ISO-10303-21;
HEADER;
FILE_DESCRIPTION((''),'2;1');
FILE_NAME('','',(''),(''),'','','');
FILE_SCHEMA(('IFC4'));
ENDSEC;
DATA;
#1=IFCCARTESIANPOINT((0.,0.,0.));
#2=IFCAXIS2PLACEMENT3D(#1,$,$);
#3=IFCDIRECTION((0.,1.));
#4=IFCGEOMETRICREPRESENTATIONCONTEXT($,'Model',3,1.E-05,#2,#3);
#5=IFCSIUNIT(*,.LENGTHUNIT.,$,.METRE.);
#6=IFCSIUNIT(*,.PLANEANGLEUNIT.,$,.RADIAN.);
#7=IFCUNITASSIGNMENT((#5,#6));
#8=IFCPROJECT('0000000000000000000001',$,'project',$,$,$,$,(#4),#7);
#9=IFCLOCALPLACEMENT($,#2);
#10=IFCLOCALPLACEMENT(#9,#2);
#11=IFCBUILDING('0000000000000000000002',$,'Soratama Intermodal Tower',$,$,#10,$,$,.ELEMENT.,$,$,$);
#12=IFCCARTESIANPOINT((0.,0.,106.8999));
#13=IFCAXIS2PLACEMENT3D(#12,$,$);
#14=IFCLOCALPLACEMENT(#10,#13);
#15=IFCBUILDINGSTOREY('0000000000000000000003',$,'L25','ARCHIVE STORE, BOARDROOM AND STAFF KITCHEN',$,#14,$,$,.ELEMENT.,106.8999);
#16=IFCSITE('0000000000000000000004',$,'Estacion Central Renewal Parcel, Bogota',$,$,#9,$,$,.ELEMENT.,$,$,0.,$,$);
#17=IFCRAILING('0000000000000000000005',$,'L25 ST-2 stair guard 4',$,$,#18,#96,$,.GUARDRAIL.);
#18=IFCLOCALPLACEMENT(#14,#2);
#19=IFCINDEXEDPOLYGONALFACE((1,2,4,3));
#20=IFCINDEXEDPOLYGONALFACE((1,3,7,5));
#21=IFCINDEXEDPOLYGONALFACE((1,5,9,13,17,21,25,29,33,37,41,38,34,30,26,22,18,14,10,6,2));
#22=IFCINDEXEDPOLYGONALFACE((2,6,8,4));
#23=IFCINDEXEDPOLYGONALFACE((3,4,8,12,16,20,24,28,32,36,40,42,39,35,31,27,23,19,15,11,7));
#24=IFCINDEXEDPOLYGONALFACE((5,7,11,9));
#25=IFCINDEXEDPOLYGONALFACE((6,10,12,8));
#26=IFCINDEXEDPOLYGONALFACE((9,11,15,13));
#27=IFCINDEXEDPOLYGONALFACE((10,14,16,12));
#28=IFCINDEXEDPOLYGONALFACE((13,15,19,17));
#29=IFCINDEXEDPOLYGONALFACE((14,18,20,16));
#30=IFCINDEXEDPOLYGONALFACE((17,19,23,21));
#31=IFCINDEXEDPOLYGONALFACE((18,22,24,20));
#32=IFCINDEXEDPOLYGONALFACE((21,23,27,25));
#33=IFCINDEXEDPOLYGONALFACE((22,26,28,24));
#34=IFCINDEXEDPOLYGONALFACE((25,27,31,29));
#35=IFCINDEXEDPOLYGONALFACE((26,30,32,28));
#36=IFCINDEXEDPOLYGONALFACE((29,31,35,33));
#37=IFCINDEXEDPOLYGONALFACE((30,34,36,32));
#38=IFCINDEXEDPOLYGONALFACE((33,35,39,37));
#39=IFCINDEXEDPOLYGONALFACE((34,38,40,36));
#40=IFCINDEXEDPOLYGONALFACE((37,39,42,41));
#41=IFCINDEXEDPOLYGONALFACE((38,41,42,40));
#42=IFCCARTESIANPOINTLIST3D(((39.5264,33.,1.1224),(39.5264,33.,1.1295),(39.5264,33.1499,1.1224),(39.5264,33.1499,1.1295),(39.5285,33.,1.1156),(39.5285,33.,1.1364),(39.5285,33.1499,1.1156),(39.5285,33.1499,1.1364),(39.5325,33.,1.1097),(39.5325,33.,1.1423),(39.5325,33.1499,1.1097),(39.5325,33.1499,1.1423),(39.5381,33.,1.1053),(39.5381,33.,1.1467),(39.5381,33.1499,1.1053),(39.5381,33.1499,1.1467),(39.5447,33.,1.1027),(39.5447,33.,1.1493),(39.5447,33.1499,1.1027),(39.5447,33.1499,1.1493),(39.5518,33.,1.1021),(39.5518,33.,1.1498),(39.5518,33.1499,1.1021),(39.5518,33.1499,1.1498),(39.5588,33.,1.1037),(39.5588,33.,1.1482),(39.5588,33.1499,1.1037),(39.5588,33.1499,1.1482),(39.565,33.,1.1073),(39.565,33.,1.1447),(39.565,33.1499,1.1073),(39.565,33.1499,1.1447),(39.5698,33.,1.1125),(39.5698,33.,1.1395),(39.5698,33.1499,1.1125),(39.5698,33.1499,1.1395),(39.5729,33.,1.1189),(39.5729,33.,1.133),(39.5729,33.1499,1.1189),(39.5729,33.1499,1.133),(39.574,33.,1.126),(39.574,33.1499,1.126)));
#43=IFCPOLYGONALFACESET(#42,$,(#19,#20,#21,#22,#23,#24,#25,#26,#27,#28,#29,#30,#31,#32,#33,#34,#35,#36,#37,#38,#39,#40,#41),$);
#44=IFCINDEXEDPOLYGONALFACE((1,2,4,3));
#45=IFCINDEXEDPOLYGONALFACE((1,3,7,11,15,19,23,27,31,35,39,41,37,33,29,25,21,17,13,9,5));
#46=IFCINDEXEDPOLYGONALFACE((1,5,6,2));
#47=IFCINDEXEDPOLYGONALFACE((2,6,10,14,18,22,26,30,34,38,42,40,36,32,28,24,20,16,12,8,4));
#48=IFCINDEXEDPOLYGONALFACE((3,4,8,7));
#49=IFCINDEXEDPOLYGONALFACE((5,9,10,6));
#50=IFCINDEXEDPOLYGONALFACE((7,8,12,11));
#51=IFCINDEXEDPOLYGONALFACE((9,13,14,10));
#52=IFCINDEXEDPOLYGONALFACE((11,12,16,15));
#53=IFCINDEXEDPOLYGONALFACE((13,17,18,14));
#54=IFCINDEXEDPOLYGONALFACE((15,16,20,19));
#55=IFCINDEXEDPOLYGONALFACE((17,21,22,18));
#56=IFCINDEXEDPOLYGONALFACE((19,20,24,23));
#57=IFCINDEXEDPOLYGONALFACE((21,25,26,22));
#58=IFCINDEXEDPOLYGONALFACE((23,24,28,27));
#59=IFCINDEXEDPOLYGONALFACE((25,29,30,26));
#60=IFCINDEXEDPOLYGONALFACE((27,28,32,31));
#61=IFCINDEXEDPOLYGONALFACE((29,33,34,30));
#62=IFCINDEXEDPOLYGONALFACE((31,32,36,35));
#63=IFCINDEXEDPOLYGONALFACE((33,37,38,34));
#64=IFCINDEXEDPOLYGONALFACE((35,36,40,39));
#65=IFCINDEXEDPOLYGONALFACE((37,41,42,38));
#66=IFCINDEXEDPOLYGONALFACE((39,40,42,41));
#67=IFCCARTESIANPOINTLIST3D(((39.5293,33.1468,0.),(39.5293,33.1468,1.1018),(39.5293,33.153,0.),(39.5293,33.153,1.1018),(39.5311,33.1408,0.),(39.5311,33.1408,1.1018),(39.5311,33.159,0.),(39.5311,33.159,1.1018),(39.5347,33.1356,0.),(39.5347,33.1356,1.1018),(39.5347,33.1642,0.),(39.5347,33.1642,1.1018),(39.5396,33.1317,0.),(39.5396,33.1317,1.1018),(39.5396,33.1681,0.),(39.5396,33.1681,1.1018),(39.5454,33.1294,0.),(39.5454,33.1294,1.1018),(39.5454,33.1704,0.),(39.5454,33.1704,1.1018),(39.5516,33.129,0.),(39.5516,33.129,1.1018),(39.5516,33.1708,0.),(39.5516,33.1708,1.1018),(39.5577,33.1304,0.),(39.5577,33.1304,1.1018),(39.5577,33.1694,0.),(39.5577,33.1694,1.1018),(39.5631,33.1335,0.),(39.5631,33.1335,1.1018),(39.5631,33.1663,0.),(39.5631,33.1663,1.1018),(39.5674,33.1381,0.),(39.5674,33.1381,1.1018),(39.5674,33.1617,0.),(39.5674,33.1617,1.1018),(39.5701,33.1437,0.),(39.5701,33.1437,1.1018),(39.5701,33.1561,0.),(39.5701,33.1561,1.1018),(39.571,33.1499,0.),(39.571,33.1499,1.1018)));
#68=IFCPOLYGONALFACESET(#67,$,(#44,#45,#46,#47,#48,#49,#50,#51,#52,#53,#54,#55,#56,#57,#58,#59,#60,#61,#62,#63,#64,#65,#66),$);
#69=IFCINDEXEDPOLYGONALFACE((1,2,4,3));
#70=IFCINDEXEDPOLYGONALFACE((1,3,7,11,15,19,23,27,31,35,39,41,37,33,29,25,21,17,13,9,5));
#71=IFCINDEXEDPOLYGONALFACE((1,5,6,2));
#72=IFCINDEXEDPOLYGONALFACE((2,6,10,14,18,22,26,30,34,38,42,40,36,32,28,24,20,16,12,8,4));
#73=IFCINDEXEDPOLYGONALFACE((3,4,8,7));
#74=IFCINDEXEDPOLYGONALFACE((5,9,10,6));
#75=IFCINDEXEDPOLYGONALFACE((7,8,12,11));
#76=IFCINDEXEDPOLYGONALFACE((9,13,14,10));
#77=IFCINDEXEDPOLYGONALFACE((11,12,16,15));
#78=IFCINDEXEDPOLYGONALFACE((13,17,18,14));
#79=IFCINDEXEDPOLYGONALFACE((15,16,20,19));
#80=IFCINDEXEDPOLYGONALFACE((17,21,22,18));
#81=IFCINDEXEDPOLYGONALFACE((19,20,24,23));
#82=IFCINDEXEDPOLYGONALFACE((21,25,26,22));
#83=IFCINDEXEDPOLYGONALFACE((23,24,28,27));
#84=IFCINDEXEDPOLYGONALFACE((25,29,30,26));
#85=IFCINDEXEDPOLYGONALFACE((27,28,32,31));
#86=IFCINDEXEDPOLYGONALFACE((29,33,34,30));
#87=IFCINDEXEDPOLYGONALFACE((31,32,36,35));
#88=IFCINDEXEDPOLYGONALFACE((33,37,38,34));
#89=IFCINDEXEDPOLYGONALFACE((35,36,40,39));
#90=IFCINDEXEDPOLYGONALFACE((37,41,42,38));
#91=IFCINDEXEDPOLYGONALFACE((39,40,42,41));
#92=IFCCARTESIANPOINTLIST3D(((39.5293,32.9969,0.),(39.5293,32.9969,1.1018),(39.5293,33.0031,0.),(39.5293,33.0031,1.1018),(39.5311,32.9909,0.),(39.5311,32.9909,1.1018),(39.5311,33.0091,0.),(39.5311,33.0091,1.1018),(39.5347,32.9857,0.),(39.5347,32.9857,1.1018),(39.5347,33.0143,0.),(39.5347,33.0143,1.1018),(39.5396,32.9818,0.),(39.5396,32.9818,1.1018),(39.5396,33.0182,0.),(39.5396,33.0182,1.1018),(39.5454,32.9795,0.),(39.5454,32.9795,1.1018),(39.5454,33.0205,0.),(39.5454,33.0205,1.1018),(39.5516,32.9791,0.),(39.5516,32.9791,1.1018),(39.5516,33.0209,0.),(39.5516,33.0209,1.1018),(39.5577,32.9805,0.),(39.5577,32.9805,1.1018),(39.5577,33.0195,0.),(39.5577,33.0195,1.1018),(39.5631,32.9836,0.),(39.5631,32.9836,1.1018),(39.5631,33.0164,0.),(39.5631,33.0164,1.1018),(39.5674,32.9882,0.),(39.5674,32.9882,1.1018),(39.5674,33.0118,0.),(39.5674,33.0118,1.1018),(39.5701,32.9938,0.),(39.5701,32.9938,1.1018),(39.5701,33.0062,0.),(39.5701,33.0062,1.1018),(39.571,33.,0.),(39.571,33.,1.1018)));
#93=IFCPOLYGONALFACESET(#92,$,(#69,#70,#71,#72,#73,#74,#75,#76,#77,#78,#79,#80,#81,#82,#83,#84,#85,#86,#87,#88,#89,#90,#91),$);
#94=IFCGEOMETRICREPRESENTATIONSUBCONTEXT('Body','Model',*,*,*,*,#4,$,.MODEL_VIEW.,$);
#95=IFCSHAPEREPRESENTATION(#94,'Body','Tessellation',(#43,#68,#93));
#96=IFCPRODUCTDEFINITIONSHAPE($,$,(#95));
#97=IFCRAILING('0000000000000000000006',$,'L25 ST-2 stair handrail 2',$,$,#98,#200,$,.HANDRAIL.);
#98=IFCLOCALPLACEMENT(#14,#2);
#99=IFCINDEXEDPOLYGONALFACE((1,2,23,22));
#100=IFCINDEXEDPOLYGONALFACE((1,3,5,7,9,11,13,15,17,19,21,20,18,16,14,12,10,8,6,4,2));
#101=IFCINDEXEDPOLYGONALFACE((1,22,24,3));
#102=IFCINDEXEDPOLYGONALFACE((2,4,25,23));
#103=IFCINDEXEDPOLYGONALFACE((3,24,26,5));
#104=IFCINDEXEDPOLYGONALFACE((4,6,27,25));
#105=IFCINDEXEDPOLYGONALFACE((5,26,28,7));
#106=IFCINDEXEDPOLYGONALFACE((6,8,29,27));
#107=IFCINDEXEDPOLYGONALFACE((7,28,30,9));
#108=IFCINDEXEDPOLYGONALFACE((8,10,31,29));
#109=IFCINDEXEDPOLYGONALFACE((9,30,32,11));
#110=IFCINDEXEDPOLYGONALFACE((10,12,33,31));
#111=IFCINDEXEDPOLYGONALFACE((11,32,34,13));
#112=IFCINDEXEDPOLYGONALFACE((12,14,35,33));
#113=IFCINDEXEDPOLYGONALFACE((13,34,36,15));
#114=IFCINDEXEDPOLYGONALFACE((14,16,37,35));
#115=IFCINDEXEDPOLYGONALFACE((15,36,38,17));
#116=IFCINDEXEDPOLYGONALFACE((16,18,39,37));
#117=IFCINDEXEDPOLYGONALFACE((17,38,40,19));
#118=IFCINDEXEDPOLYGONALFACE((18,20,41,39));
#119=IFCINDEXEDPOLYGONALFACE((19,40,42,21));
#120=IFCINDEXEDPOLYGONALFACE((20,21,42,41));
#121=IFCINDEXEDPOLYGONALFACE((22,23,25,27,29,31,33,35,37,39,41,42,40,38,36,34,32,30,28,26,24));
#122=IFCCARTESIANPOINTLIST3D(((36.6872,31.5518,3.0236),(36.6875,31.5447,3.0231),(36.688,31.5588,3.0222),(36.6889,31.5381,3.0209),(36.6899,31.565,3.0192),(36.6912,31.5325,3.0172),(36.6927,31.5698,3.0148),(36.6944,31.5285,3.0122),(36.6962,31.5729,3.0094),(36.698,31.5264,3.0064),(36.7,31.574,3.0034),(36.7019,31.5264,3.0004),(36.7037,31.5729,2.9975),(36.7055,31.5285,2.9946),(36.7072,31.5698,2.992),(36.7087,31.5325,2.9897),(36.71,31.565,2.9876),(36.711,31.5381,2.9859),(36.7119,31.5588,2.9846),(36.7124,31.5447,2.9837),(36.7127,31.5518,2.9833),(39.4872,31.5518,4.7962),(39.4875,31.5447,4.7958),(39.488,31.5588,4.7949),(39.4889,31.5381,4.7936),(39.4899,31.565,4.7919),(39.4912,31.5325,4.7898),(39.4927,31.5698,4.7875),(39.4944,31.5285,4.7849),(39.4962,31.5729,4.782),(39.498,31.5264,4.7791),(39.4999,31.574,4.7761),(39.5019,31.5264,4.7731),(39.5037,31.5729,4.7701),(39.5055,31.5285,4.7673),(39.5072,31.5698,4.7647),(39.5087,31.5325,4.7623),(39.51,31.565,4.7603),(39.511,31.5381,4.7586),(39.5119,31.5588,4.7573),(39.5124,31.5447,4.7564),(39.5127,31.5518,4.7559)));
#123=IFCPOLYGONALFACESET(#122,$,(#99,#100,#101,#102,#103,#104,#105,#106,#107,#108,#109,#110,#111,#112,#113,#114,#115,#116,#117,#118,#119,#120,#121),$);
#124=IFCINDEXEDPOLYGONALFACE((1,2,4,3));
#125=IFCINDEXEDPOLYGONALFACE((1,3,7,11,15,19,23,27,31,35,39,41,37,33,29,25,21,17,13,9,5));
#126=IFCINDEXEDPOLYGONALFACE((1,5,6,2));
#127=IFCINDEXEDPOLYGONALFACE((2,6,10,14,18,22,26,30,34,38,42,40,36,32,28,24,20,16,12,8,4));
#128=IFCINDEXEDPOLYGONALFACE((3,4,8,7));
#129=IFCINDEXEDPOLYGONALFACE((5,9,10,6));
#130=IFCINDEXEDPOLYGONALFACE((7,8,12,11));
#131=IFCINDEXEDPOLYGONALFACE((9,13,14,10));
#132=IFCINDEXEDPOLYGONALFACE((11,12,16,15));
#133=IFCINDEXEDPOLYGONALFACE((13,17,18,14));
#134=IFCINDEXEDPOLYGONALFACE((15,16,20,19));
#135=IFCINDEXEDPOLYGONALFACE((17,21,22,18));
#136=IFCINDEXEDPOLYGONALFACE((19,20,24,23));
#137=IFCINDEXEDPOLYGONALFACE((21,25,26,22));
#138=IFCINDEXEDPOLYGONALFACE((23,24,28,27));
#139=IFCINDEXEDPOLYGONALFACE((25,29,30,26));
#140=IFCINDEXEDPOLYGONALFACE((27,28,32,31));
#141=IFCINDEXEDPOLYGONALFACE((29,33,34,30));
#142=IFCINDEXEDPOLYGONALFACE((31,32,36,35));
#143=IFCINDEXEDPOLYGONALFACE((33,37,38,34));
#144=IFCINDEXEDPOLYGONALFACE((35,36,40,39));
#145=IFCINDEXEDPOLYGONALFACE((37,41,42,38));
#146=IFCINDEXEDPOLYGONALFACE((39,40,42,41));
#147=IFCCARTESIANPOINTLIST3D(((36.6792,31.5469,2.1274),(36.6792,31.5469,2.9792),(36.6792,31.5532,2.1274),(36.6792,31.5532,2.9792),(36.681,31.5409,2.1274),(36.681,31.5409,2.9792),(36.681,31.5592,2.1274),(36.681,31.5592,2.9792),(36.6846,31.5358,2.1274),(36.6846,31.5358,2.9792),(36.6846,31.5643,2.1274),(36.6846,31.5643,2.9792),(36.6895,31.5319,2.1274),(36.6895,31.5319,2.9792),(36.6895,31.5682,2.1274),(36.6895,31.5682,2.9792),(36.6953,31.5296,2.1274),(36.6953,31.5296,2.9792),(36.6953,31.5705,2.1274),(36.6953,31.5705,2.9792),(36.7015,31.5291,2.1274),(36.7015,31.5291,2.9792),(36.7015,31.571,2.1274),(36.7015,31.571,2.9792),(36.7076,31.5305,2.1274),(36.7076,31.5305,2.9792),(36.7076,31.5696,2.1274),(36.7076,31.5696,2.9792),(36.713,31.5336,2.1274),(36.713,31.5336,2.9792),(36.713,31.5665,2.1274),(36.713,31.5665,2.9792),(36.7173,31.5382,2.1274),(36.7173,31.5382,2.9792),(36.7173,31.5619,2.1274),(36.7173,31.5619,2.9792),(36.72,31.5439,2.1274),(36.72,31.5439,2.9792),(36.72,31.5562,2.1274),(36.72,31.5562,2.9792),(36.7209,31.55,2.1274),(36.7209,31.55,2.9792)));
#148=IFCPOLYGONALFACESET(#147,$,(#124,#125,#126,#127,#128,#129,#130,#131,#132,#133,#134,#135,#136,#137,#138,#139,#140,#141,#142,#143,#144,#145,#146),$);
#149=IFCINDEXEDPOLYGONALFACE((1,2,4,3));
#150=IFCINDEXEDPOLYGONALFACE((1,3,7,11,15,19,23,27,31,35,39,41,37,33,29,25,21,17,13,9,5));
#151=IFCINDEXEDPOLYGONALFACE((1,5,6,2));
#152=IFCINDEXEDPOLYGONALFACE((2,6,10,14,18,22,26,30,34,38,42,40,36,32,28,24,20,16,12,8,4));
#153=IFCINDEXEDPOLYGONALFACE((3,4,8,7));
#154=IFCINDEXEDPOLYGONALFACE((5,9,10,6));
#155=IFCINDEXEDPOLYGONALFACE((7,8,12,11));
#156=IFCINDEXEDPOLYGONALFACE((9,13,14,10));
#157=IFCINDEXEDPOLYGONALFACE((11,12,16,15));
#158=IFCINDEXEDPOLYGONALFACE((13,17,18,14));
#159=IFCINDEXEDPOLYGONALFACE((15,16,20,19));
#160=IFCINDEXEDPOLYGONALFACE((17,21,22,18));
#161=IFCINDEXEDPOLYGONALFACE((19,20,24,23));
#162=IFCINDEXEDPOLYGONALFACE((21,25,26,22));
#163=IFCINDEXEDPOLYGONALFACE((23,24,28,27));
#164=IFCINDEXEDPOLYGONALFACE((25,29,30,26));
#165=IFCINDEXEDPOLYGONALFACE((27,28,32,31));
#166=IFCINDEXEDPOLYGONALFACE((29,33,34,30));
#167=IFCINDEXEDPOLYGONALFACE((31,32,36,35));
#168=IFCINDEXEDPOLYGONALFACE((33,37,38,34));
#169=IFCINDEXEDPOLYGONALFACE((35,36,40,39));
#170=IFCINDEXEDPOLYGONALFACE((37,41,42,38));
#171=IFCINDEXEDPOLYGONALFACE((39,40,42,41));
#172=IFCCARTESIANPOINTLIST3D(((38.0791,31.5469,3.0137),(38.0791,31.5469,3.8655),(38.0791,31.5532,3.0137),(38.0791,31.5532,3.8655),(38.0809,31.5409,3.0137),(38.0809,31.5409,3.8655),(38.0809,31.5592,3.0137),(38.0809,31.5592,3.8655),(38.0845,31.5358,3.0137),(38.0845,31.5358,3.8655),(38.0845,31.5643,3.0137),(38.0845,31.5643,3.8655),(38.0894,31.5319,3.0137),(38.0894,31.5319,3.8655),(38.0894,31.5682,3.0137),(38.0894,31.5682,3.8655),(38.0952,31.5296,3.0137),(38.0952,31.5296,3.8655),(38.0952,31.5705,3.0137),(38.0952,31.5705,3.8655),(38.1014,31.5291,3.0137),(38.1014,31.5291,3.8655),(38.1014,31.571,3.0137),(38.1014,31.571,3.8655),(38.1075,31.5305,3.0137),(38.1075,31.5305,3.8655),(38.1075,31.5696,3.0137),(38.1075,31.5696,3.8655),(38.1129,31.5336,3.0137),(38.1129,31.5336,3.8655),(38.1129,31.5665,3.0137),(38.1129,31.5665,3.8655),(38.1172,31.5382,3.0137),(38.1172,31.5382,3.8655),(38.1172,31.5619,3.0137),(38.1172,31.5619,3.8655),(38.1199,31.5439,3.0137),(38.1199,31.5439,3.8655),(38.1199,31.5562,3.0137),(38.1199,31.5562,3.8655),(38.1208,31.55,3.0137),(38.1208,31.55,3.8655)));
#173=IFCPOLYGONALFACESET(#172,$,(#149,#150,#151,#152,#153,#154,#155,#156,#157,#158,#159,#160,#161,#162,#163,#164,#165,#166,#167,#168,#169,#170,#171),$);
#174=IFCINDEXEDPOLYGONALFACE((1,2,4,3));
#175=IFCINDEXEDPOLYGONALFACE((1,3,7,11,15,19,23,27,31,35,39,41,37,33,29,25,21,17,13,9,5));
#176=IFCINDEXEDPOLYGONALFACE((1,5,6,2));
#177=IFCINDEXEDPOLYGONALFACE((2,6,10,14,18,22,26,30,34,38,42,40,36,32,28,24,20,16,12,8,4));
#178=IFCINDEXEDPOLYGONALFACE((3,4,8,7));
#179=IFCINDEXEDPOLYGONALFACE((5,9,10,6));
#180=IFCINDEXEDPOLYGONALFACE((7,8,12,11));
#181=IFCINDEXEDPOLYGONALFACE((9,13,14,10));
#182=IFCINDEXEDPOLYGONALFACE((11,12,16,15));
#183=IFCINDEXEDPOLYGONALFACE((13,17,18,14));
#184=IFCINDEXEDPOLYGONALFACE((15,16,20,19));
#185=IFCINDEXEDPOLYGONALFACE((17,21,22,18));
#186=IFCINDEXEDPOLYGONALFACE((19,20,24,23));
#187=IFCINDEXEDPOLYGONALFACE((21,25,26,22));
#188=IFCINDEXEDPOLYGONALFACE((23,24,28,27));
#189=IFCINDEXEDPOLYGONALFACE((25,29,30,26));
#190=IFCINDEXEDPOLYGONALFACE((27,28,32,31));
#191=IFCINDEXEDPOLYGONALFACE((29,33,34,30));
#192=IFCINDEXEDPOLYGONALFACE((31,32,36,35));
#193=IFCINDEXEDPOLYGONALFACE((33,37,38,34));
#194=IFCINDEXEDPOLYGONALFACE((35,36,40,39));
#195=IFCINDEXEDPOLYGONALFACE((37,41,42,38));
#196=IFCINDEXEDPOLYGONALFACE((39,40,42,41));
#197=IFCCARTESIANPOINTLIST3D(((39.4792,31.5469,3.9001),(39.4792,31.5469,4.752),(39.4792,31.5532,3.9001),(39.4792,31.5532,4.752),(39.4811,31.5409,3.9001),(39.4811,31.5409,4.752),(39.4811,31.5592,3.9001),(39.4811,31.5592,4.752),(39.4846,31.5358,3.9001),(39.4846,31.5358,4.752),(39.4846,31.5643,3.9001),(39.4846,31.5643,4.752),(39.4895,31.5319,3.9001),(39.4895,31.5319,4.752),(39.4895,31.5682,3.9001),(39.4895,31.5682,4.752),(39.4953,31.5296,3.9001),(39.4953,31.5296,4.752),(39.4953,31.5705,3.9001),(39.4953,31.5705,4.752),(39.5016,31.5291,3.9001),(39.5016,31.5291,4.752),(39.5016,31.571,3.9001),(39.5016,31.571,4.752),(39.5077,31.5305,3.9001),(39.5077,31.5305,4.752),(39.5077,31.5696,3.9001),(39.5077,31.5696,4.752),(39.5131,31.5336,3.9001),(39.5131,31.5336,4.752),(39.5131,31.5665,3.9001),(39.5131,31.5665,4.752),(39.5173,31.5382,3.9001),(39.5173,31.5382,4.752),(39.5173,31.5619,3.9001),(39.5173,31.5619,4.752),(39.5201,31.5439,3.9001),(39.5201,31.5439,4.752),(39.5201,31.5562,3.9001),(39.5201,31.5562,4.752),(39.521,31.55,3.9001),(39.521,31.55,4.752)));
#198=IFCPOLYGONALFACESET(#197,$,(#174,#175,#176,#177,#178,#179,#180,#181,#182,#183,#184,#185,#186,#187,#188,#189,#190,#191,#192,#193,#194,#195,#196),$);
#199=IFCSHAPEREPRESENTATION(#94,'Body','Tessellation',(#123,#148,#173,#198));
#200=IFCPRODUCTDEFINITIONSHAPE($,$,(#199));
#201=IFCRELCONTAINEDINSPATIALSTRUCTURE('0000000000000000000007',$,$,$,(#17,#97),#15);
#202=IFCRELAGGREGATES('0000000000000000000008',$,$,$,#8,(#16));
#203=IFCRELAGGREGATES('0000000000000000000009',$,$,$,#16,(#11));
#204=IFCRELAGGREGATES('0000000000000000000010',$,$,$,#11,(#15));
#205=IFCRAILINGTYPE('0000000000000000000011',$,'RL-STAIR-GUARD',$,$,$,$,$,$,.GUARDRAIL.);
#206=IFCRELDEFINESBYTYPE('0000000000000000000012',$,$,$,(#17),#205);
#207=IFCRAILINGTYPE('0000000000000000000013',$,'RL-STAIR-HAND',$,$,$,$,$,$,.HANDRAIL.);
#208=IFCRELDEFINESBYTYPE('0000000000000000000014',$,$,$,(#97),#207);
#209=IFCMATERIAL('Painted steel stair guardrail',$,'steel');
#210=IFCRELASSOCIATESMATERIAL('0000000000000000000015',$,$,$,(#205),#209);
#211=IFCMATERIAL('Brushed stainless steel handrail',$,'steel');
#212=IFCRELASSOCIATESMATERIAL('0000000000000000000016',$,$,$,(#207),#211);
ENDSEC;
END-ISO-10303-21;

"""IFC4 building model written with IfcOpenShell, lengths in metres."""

from ifc_helpers import new_model, si_unit, direction, frame, origin, origin_2d, place, context, subcontext, project, spatial, circle, extrude, material, type_object, element, save


model = new_model("IFC4")

# Units and contexts
model_context = context("Model", 3, precision=1e-05, world=origin(), true_north=direction((0.0, 1.0)))
body_context = subcontext(model_context, "Body", "Model", "MODEL_VIEW")
ifc_project = project(units=[si_unit("LENGTHUNIT", "METRE"), si_unit("PLANEANGLEUNIT", "RADIAN")], contexts=[model_context])

# Site, building, storey
site_placement = place(None, origin())
site = spatial("IfcSite", under=ifc_project, at=site_placement, Name="Estacion Central Renewal Parcel, Bogota", CompositionType="ELEMENT", RefElevation=0.0)
building_placement = place(site_placement, origin())
building = spatial("IfcBuilding", under=site, at=building_placement, Name="Soratama Intermodal Tower", CompositionType="ELEMENT")
storey_placement = place(building_placement, frame((0.0, 0.0, 106.8999)))
storey = spatial("IfcBuildingStorey", under=building, at=storey_placement, Name="L25", Description="ARCHIVE STORE, BOARDROOM AND STAFF KITCHEN", CompositionType="ELEMENT", Elevation=106.8999)

# Railings
ifc_material_1 = material(Name="Painted steel stair guardrail", Category="steel")
railing_type_1 = type_object("IfcRailingType", Name="RL-STAIR-GUARD", PredefinedType="GUARDRAIL", material=ifc_material_1)
railing_1_placement = place(storey_placement, frame((39.55, 33.1499, 0.0)))
element("IfcRailing", 1, at=railing_1_placement, inside=storey, type_object=railing_type_1, Name="L25 ST-2 stair guard 4", PredefinedType="GUARDRAIL", context=body_context, shape_type="SweptSolid", body=[
    extrude(circle(Radius=0.0239, at=origin_2d()), frame((0.0, 0.0, 1.126), z_axis=(0.0, -1.0, 0.0), x_axis=(1.0, 0.0, 0.0)), (0.0, 0.0, 1.0), 0.1499),
    extrude(circle(Radius=0.021, at=origin_2d()), origin(), (0.0, 0.0, 1.0), 1.1018),
    extrude(circle(Radius=0.021, at=origin_2d()), frame((0.0, -0.1499, 0.0)), (0.0, 0.0, 1.0), 1.1018),
])
ifc_material_2 = material(Name="Brushed stainless steel handrail", Category="steel")
railing_type_2 = type_object("IfcRailingType", Name="RL-STAIR-HAND", PredefinedType="HANDRAIL", material=ifc_material_2)
railing_2_placement = place(storey_placement, frame((36.7, 31.55, 2.1274)))
element("IfcRailing", 2, at=railing_2_placement, inside=storey, type_object=railing_type_2, Name="L25 ST-2 stair handrail 2", PredefinedType="HANDRAIL", context=body_context, shape_type="SweptSolid", body=[
    extrude(circle(Radius=0.0239, at=origin_2d()), frame((0.0, 0.0, 0.876), z_axis=(0.844909, 0.0, 0.53491), x_axis=(0.0, 1.0, 0.0)), (0.0, 0.0, 1.0), 3.314),
    extrude(circle(Radius=0.021, at=origin_2d()), origin(), (0.0, 0.0, 1.0), 0.8518),
    extrude(circle(Radius=0.021, at=origin_2d()), frame((1.3999, 0.0, 0.8862)), (0.0, 0.0, 1.0), 0.8518),
    extrude(circle(Radius=0.021, at=origin_2d()), frame((2.8, 0.0, 1.7727)), (0.0, 0.0, 1.0), 0.8518),
])

save(model, "model.ifc")
